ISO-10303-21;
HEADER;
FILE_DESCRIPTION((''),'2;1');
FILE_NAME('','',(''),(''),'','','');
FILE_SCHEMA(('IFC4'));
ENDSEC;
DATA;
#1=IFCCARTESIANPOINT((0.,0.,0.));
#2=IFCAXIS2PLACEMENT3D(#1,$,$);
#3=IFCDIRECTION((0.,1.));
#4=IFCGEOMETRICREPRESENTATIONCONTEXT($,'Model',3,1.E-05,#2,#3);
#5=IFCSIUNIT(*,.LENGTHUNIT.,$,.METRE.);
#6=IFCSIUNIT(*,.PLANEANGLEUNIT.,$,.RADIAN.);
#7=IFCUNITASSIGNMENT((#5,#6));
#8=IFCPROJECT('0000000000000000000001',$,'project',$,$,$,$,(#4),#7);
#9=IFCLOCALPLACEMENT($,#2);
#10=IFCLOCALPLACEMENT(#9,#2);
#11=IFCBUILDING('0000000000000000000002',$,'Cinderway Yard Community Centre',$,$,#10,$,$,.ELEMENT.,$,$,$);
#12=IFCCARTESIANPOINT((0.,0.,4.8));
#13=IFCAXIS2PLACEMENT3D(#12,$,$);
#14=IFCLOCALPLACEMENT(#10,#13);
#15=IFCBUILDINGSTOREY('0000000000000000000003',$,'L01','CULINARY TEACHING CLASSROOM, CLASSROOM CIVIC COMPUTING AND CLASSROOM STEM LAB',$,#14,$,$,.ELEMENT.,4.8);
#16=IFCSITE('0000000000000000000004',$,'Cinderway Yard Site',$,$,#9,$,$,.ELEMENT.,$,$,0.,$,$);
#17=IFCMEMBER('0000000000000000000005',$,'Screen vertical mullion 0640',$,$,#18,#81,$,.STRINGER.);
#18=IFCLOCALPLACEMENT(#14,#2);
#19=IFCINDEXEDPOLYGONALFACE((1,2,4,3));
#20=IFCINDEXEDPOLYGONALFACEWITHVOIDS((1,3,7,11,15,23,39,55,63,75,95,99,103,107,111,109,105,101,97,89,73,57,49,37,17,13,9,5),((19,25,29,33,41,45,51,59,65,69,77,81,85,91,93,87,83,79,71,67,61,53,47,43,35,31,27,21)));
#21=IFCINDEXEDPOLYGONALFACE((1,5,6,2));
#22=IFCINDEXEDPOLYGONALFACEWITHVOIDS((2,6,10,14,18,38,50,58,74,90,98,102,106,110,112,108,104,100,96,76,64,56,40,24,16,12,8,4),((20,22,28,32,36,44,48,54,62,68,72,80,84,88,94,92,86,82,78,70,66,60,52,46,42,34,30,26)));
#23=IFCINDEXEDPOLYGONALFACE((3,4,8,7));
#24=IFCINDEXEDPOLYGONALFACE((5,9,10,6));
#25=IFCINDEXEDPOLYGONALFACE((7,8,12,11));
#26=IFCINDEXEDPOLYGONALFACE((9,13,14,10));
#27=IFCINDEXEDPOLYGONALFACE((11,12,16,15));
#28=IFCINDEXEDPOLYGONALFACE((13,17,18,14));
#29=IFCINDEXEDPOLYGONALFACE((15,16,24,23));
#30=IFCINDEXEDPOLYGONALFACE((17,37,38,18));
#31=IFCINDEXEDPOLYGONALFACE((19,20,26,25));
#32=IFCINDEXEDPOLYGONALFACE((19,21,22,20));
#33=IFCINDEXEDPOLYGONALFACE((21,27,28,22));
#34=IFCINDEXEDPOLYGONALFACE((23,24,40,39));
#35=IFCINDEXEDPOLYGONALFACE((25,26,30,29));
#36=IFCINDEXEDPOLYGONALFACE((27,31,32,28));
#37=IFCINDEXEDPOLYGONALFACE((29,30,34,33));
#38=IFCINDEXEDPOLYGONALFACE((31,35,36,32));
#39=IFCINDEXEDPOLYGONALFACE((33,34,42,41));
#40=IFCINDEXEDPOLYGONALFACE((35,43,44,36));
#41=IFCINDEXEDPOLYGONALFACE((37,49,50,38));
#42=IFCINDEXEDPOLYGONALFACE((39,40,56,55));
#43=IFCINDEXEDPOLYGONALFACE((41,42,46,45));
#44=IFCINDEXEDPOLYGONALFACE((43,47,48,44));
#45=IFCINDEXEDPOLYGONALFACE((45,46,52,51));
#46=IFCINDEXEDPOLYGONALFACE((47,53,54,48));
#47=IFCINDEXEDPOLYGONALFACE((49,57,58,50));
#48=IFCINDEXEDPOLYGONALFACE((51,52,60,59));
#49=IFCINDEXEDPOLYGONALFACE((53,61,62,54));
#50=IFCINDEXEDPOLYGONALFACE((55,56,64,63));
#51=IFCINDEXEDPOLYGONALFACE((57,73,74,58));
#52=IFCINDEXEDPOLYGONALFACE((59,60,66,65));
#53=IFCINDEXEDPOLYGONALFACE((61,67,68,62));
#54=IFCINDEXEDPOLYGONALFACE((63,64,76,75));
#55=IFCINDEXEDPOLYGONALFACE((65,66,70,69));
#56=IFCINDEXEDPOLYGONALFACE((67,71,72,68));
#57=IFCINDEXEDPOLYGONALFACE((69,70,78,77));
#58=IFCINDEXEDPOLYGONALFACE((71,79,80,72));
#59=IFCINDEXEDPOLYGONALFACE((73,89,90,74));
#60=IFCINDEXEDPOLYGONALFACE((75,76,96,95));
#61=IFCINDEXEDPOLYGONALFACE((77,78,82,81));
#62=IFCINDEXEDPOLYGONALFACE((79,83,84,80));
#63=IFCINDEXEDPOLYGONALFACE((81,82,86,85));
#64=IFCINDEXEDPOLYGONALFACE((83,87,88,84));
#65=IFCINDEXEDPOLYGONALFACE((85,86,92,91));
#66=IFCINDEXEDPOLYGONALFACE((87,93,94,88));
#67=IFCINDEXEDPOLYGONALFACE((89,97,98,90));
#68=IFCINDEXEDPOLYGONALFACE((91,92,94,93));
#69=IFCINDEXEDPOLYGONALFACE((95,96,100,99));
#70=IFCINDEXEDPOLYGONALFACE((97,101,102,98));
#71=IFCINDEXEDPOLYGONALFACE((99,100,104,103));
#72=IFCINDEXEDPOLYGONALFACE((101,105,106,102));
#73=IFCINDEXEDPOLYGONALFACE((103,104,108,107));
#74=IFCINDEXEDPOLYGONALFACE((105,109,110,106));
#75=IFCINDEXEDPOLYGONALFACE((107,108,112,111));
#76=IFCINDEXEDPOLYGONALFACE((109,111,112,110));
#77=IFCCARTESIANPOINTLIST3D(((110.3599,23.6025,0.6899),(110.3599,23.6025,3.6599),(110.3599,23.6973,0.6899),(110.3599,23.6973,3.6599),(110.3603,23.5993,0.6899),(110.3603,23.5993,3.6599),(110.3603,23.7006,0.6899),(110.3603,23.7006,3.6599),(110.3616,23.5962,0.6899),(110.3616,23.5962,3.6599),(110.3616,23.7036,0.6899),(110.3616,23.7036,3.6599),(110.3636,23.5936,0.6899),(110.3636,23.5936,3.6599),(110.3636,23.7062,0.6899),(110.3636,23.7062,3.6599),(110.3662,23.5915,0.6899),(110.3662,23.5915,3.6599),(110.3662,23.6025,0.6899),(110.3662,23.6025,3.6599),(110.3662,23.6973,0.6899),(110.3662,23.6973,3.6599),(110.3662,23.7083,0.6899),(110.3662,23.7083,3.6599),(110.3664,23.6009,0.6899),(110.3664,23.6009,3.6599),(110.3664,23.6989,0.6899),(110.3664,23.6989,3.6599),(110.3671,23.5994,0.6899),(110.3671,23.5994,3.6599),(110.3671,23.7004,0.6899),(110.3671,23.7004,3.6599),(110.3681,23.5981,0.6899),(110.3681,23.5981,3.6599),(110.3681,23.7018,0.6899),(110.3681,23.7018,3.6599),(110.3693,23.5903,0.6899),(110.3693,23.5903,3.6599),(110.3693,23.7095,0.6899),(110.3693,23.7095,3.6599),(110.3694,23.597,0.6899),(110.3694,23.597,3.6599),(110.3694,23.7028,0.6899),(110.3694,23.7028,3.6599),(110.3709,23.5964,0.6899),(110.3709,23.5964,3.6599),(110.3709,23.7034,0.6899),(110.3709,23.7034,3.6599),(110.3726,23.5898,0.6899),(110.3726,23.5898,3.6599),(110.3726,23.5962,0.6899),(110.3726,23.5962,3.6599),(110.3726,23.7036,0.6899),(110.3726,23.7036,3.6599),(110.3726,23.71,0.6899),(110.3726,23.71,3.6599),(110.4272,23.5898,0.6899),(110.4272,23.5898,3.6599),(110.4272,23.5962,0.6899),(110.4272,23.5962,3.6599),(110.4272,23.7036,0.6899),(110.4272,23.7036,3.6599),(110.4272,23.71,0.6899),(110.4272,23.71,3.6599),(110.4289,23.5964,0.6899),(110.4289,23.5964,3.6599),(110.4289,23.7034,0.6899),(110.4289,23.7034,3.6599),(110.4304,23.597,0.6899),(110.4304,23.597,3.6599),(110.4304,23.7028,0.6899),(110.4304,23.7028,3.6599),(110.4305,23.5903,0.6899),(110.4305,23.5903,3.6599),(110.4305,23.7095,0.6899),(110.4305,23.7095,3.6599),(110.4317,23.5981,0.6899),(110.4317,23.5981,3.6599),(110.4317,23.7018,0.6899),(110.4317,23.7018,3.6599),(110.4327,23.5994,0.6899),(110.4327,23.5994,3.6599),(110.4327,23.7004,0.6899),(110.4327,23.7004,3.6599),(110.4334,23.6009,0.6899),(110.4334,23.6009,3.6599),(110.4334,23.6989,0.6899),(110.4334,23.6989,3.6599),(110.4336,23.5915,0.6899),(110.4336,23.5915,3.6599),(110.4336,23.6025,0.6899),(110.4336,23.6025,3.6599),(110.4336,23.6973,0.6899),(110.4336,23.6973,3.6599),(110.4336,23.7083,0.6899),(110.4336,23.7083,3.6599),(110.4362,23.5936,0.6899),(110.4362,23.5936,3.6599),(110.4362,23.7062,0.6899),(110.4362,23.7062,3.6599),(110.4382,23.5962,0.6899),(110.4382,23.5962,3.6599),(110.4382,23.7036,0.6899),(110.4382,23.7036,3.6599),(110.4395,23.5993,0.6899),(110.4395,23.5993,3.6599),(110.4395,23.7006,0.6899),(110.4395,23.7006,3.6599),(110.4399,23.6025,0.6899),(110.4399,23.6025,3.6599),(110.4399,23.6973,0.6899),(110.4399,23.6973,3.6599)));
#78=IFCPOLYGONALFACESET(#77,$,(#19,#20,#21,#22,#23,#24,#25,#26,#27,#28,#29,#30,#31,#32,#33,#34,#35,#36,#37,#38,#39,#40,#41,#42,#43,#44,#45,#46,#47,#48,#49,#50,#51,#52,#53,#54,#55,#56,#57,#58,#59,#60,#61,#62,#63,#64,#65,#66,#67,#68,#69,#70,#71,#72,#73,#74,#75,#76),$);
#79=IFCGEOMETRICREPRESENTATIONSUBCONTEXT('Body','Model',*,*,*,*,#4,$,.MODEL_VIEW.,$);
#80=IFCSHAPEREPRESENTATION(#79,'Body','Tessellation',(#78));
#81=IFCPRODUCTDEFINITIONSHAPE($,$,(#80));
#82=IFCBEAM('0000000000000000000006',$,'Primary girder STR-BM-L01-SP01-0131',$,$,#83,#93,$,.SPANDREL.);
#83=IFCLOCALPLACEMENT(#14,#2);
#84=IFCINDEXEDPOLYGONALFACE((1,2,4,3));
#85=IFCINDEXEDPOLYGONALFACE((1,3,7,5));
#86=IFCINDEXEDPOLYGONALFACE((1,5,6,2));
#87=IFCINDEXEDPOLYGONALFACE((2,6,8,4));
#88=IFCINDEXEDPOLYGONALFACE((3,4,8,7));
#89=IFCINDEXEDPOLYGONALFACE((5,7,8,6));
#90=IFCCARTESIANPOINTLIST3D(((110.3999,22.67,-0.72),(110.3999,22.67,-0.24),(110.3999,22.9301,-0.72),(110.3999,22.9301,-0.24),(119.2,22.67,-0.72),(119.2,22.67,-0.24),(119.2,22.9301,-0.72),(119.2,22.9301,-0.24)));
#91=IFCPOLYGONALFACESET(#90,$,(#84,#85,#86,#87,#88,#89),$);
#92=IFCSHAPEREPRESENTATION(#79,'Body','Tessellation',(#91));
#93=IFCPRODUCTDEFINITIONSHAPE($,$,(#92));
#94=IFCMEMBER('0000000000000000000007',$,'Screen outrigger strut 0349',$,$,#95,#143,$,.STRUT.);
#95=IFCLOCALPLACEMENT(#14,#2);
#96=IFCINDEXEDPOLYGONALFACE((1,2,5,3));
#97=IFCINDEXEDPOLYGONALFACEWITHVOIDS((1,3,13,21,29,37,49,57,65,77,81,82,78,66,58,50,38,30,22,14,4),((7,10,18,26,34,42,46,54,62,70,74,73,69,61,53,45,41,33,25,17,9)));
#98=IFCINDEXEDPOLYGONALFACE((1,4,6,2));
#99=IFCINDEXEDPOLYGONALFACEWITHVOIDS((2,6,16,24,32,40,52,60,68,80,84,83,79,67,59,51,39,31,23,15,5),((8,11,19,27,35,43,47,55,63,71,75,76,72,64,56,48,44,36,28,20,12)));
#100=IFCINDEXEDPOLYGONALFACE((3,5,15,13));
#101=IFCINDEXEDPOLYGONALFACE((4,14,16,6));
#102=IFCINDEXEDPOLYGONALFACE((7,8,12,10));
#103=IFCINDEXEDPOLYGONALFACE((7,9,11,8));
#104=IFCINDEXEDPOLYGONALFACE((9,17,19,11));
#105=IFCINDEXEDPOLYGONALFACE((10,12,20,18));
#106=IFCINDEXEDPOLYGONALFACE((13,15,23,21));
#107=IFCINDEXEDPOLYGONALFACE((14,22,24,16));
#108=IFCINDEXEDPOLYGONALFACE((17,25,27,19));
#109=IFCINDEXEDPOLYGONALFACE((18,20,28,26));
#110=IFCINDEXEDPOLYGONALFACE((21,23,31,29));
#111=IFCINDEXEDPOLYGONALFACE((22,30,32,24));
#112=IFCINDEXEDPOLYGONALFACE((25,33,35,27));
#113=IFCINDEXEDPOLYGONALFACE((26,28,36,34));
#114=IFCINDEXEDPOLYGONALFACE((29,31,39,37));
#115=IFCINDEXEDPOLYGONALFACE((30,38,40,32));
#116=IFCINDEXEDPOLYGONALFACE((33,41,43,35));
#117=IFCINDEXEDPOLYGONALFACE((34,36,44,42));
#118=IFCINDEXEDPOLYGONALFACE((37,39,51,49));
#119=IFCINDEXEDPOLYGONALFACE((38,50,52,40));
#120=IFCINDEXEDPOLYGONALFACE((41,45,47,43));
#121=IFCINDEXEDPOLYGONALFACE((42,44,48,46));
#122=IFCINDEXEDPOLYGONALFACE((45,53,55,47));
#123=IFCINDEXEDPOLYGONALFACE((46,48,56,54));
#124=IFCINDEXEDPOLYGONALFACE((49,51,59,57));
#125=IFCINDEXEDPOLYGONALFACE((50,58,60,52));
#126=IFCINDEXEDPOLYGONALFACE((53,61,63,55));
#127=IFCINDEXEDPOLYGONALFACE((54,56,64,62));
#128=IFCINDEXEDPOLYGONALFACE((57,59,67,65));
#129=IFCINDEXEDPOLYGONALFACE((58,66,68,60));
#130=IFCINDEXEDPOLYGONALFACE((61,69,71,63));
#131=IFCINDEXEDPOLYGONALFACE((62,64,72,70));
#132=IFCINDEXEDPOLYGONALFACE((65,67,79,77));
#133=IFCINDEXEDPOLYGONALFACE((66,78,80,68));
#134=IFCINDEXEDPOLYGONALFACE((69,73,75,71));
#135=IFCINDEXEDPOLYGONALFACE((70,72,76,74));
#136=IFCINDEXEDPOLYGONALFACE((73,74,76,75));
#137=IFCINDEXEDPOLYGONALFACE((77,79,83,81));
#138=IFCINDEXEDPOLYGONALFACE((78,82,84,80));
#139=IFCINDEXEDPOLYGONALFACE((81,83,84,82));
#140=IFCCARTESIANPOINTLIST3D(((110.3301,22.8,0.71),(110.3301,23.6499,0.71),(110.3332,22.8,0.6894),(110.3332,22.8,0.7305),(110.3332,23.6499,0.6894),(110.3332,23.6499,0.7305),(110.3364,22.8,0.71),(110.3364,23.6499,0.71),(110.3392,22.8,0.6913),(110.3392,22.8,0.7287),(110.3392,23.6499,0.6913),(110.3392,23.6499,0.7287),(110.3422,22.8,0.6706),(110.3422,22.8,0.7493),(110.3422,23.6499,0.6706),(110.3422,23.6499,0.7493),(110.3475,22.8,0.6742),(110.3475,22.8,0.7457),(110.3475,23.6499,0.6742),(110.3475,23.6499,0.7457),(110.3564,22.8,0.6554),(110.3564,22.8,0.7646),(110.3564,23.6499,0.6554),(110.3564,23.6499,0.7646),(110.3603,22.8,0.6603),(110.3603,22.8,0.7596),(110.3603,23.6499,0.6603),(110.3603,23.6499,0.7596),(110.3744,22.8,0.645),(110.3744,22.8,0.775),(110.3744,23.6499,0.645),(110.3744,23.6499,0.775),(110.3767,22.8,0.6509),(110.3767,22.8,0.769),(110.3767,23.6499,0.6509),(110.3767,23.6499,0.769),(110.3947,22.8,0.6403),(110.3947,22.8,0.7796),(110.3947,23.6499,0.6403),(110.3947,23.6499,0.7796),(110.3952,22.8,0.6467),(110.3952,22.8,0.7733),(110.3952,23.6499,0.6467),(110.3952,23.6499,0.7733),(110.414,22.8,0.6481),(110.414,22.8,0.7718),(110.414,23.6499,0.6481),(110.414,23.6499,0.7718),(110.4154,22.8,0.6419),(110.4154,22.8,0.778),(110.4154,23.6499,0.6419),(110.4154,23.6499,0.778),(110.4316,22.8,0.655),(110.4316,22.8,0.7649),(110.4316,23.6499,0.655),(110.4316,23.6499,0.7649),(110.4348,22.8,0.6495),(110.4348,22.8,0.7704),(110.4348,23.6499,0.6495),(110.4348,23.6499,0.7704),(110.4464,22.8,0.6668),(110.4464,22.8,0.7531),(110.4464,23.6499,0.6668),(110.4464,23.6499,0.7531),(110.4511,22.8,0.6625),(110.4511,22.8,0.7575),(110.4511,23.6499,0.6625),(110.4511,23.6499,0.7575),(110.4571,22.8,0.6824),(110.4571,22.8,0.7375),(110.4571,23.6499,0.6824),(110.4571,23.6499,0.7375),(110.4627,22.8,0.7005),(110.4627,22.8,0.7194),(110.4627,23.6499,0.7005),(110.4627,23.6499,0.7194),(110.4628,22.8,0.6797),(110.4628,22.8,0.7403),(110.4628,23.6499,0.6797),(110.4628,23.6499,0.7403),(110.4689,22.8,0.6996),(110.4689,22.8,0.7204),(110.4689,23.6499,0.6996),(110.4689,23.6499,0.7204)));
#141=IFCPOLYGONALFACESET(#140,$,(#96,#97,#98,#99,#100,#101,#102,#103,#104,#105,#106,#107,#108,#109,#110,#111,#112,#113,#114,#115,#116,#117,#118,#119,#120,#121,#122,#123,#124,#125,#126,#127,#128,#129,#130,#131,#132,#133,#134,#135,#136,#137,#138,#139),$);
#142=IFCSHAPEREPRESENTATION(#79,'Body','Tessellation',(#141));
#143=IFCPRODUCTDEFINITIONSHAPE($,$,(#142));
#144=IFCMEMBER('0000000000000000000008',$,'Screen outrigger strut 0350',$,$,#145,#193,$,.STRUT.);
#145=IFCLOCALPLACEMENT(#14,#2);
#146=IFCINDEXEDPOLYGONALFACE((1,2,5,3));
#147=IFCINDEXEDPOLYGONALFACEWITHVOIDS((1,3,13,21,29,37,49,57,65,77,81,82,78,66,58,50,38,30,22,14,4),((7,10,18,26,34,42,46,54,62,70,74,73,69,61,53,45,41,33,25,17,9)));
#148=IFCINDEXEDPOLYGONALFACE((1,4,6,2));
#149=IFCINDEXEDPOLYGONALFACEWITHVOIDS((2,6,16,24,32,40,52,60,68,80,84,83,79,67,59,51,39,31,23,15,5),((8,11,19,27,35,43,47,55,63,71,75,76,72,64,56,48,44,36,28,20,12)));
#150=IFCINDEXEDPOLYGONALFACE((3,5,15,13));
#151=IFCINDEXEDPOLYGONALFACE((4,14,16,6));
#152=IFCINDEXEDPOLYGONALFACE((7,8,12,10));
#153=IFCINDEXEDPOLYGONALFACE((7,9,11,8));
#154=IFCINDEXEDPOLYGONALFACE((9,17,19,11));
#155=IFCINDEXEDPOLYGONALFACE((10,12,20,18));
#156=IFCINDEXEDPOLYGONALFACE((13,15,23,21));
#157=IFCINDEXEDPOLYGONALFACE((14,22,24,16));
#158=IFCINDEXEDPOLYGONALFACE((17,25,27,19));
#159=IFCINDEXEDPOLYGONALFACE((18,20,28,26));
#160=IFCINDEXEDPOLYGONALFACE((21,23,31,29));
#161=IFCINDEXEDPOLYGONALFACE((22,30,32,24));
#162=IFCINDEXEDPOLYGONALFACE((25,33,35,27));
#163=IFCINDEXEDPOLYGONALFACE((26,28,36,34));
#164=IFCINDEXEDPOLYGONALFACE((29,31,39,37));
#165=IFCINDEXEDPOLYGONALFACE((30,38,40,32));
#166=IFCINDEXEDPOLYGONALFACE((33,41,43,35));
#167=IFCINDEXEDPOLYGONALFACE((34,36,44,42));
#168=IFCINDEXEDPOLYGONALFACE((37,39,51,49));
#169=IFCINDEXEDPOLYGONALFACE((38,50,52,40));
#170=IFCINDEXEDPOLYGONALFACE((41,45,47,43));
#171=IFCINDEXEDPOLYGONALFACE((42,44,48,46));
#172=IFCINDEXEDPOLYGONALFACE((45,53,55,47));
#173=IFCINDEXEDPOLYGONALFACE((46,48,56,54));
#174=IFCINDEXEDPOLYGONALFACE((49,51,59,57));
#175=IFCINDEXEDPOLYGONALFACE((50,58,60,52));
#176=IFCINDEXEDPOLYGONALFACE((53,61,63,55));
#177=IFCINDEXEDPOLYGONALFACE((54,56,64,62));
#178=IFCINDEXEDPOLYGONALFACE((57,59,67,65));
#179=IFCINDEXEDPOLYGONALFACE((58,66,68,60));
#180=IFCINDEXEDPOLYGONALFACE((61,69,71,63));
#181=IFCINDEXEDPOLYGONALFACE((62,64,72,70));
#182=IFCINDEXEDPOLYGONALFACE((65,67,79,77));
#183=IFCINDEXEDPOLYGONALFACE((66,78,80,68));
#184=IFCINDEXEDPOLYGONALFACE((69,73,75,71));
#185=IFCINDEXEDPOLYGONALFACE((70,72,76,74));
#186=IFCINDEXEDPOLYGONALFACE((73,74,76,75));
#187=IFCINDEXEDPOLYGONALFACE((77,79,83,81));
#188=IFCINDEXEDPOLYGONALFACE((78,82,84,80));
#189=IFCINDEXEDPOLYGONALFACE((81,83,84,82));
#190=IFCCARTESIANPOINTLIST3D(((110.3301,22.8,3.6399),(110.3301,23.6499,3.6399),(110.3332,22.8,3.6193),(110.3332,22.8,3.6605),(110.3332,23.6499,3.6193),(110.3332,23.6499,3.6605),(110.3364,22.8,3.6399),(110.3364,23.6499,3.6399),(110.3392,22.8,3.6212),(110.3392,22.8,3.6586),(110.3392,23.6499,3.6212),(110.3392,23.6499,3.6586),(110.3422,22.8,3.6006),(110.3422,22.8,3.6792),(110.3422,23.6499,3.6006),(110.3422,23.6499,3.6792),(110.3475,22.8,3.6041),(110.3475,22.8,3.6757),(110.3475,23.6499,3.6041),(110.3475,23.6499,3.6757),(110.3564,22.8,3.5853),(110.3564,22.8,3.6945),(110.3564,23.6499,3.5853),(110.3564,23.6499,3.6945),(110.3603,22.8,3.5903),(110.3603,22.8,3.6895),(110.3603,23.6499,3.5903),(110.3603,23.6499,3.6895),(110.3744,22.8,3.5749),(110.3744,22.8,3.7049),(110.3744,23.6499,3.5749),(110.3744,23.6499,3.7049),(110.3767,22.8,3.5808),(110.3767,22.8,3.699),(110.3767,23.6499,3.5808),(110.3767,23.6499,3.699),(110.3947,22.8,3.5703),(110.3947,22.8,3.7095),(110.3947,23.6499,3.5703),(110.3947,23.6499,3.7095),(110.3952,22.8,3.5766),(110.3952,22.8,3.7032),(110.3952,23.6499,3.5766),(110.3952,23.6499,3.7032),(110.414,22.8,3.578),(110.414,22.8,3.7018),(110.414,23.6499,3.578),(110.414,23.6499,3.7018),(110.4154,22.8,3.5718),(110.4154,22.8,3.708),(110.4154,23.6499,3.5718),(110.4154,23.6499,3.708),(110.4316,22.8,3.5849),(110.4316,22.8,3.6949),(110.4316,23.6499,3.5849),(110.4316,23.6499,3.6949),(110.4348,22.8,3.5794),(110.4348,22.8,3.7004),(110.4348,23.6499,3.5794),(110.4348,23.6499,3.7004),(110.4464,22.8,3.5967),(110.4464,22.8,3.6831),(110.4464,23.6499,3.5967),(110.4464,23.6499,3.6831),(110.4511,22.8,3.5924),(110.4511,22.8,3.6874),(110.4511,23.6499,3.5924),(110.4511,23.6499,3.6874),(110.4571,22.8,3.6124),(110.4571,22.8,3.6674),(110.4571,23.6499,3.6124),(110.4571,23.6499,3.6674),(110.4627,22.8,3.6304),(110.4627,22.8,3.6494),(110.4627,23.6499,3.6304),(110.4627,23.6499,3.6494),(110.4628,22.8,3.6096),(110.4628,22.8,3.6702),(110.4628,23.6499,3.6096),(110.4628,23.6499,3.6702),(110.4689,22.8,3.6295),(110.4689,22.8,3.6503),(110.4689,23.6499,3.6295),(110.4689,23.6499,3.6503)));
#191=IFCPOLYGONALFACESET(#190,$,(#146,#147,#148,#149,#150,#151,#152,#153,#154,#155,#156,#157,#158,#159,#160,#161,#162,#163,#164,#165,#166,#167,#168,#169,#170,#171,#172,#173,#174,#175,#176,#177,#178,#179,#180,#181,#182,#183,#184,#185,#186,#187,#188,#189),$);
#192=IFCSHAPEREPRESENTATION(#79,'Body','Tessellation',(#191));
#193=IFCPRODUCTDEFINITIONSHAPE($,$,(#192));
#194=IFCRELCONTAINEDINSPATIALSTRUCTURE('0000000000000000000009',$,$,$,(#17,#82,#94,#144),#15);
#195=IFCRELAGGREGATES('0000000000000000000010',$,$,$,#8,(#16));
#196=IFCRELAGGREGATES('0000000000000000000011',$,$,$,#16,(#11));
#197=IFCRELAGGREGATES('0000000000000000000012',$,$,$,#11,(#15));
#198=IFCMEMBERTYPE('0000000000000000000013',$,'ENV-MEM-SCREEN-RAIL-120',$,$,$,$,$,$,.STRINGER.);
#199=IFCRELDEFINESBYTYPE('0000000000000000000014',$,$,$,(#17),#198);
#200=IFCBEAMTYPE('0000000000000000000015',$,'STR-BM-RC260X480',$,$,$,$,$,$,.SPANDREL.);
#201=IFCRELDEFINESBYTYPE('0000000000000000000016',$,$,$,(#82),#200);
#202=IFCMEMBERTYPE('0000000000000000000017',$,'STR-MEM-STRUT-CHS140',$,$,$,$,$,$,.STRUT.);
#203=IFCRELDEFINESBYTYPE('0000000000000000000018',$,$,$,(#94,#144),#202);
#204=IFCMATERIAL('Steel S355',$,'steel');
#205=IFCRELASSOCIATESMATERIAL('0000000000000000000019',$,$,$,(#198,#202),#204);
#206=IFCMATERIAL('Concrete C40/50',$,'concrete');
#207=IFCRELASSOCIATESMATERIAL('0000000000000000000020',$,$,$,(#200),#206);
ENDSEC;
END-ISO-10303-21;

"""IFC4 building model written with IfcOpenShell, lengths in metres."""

from ifc_helpers import new_model, si_unit, direction, frame, origin, origin_2d, place, context, subcontext, project, spatial, rectangle, hollow_rectangle, hollow_circle, extrude, material, material_profile, profile_set, type_object, element, save


model = new_model("IFC4")

# Units and contexts
model_context = context("Model", 3, precision=1e-05, world=origin(), true_north=direction((0.0, 1.0)))
body_context = subcontext(model_context, "Body", "Model", "MODEL_VIEW")
ifc_project = project(units=[si_unit("LENGTHUNIT", "METRE"), si_unit("PLANEANGLEUNIT", "RADIAN")], contexts=[model_context])

# Site, building, storey
site_placement = place(None, origin())
site = spatial("IfcSite", under=ifc_project, at=site_placement, Name="Cinderway Yard Site", CompositionType="ELEMENT", RefElevation=0.0)
building_placement = place(site_placement, origin())
building = spatial("IfcBuilding", under=site, at=building_placement, Name="Cinderway Yard Community Centre", CompositionType="ELEMENT")
storey_placement = place(building_placement, frame((0.0, 0.0, 4.8)))
storey = spatial("IfcBuildingStorey", under=building, at=storey_placement, Name="L01", Description="CULINARY TEACHING CLASSROOM, CLASSROOM CIVIC COMPUTING AND CLASSROOM STEM LAB", CompositionType="ELEMENT", Elevation=4.8)

# Shared definitions
ifc_material_1 = material(Name="Concrete C40/50", Category="concrete")

# Member
ifc_material_2 = material(Name="Steel S355", Category="steel")
ifc_material_profile_1 = material_profile(ifc_material_2, hollow_rectangle(XDim=0.0801, YDim=0.1201, WallThickness=0.0063, InnerFilletRadius=0.0063, OuterFilletRadius=0.0127, at=origin_2d()), Name="Steel S355")
ifc_profile_set_1 = profile_set([ifc_material_profile_1], Name="Steel S355")
member_type_1 = type_object("IfcMemberType", Name="ENV-MEM-SCREEN-RAIL-120", PredefinedType="STRINGER", material=ifc_profile_set_1)
for number, where, z_axis, x_axis, name in (
    (1, (110.3999, 23.6499, 0.6899), (0.0, 0.0, 1.0), (1.0, 0.0, 0.0), "Screen vertical mullion 0640"),
):
    element("IfcMember", number, at=place(storey_placement, frame(where, z_axis=z_axis, x_axis=x_axis)), inside=storey, type_object=member_type_1, Name=name, PredefinedType="STRINGER", context=body_context, shape_type="SweptSolid", body=[
        extrude(hollow_rectangle(XDim=0.0801, YDim=0.1201, WallThickness=0.0063, InnerFilletRadius=0.0063, OuterFilletRadius=0.0127, at=origin_2d()), origin(), (0.0, 0.0, 1.0), 2.97),
    ])

# Beam
ifc_material_profile_2 = material_profile(ifc_material_1, rectangle(XDim=0.26, YDim=0.48, at=origin_2d()), Name="Concrete C40/50")
ifc_profile_set_2 = profile_set([ifc_material_profile_2], Name="Concrete C40/50")
beam_type = type_object("IfcBeamType", Name="STR-BM-RC260X480", PredefinedType="SPANDREL", material=ifc_profile_set_2)
beam_placement = place(storey_placement, frame((110.3999, 22.8, -0.48), z_axis=(1.0, 0.0, 0.0), x_axis=(0.0, 1.0, 0.0)))
element("IfcBeam", 2, at=beam_placement, inside=storey, type_object=beam_type, Name="Primary girder STR-BM-L01-SP01-0131", PredefinedType="SPANDREL", context=body_context, shape_type="SweptSolid", body=[
    extrude(rectangle(XDim=0.26, YDim=0.48, at=origin_2d()), origin(), (0.0, 0.0, 1.0), 8.8),
])

# Members
ifc_material_profile_3 = material_profile(ifc_material_2, hollow_circle(Radius=0.0698, WallThickness=0.0063, at=origin_2d()), Name="Steel S355")
ifc_profile_set_3 = profile_set([ifc_material_profile_3], Name="Steel S355")
member_type_2 = type_object("IfcMemberType", Name="STR-MEM-STRUT-CHS140", PredefinedType="STRUT", material=ifc_profile_set_3)
for number, where, z_axis, x_axis, name in (
    (3, (110.3999, 22.8, 0.71), (0.0, 1.0, 0.0), (-1.0, 0.0, 0.0), "Screen outrigger strut 0349"),
    (4, (110.3999, 22.8, 3.6399), (0.0, 1.0, 0.0), (-1.0, 0.0, 0.0), "Screen outrigger strut 0350"),
):
    element("IfcMember", number, at=place(storey_placement, frame(where, z_axis=z_axis, x_axis=x_axis)), inside=storey, type_object=member_type_2, Name=name, PredefinedType="STRUT", context=body_context, shape_type="SweptSolid", body=[
        extrude(hollow_circle(Radius=0.0698, WallThickness=0.0063, at=origin_2d()), origin(), (0.0, 0.0, 1.0), 0.8499),
    ])

save(model, "model.ifc")
